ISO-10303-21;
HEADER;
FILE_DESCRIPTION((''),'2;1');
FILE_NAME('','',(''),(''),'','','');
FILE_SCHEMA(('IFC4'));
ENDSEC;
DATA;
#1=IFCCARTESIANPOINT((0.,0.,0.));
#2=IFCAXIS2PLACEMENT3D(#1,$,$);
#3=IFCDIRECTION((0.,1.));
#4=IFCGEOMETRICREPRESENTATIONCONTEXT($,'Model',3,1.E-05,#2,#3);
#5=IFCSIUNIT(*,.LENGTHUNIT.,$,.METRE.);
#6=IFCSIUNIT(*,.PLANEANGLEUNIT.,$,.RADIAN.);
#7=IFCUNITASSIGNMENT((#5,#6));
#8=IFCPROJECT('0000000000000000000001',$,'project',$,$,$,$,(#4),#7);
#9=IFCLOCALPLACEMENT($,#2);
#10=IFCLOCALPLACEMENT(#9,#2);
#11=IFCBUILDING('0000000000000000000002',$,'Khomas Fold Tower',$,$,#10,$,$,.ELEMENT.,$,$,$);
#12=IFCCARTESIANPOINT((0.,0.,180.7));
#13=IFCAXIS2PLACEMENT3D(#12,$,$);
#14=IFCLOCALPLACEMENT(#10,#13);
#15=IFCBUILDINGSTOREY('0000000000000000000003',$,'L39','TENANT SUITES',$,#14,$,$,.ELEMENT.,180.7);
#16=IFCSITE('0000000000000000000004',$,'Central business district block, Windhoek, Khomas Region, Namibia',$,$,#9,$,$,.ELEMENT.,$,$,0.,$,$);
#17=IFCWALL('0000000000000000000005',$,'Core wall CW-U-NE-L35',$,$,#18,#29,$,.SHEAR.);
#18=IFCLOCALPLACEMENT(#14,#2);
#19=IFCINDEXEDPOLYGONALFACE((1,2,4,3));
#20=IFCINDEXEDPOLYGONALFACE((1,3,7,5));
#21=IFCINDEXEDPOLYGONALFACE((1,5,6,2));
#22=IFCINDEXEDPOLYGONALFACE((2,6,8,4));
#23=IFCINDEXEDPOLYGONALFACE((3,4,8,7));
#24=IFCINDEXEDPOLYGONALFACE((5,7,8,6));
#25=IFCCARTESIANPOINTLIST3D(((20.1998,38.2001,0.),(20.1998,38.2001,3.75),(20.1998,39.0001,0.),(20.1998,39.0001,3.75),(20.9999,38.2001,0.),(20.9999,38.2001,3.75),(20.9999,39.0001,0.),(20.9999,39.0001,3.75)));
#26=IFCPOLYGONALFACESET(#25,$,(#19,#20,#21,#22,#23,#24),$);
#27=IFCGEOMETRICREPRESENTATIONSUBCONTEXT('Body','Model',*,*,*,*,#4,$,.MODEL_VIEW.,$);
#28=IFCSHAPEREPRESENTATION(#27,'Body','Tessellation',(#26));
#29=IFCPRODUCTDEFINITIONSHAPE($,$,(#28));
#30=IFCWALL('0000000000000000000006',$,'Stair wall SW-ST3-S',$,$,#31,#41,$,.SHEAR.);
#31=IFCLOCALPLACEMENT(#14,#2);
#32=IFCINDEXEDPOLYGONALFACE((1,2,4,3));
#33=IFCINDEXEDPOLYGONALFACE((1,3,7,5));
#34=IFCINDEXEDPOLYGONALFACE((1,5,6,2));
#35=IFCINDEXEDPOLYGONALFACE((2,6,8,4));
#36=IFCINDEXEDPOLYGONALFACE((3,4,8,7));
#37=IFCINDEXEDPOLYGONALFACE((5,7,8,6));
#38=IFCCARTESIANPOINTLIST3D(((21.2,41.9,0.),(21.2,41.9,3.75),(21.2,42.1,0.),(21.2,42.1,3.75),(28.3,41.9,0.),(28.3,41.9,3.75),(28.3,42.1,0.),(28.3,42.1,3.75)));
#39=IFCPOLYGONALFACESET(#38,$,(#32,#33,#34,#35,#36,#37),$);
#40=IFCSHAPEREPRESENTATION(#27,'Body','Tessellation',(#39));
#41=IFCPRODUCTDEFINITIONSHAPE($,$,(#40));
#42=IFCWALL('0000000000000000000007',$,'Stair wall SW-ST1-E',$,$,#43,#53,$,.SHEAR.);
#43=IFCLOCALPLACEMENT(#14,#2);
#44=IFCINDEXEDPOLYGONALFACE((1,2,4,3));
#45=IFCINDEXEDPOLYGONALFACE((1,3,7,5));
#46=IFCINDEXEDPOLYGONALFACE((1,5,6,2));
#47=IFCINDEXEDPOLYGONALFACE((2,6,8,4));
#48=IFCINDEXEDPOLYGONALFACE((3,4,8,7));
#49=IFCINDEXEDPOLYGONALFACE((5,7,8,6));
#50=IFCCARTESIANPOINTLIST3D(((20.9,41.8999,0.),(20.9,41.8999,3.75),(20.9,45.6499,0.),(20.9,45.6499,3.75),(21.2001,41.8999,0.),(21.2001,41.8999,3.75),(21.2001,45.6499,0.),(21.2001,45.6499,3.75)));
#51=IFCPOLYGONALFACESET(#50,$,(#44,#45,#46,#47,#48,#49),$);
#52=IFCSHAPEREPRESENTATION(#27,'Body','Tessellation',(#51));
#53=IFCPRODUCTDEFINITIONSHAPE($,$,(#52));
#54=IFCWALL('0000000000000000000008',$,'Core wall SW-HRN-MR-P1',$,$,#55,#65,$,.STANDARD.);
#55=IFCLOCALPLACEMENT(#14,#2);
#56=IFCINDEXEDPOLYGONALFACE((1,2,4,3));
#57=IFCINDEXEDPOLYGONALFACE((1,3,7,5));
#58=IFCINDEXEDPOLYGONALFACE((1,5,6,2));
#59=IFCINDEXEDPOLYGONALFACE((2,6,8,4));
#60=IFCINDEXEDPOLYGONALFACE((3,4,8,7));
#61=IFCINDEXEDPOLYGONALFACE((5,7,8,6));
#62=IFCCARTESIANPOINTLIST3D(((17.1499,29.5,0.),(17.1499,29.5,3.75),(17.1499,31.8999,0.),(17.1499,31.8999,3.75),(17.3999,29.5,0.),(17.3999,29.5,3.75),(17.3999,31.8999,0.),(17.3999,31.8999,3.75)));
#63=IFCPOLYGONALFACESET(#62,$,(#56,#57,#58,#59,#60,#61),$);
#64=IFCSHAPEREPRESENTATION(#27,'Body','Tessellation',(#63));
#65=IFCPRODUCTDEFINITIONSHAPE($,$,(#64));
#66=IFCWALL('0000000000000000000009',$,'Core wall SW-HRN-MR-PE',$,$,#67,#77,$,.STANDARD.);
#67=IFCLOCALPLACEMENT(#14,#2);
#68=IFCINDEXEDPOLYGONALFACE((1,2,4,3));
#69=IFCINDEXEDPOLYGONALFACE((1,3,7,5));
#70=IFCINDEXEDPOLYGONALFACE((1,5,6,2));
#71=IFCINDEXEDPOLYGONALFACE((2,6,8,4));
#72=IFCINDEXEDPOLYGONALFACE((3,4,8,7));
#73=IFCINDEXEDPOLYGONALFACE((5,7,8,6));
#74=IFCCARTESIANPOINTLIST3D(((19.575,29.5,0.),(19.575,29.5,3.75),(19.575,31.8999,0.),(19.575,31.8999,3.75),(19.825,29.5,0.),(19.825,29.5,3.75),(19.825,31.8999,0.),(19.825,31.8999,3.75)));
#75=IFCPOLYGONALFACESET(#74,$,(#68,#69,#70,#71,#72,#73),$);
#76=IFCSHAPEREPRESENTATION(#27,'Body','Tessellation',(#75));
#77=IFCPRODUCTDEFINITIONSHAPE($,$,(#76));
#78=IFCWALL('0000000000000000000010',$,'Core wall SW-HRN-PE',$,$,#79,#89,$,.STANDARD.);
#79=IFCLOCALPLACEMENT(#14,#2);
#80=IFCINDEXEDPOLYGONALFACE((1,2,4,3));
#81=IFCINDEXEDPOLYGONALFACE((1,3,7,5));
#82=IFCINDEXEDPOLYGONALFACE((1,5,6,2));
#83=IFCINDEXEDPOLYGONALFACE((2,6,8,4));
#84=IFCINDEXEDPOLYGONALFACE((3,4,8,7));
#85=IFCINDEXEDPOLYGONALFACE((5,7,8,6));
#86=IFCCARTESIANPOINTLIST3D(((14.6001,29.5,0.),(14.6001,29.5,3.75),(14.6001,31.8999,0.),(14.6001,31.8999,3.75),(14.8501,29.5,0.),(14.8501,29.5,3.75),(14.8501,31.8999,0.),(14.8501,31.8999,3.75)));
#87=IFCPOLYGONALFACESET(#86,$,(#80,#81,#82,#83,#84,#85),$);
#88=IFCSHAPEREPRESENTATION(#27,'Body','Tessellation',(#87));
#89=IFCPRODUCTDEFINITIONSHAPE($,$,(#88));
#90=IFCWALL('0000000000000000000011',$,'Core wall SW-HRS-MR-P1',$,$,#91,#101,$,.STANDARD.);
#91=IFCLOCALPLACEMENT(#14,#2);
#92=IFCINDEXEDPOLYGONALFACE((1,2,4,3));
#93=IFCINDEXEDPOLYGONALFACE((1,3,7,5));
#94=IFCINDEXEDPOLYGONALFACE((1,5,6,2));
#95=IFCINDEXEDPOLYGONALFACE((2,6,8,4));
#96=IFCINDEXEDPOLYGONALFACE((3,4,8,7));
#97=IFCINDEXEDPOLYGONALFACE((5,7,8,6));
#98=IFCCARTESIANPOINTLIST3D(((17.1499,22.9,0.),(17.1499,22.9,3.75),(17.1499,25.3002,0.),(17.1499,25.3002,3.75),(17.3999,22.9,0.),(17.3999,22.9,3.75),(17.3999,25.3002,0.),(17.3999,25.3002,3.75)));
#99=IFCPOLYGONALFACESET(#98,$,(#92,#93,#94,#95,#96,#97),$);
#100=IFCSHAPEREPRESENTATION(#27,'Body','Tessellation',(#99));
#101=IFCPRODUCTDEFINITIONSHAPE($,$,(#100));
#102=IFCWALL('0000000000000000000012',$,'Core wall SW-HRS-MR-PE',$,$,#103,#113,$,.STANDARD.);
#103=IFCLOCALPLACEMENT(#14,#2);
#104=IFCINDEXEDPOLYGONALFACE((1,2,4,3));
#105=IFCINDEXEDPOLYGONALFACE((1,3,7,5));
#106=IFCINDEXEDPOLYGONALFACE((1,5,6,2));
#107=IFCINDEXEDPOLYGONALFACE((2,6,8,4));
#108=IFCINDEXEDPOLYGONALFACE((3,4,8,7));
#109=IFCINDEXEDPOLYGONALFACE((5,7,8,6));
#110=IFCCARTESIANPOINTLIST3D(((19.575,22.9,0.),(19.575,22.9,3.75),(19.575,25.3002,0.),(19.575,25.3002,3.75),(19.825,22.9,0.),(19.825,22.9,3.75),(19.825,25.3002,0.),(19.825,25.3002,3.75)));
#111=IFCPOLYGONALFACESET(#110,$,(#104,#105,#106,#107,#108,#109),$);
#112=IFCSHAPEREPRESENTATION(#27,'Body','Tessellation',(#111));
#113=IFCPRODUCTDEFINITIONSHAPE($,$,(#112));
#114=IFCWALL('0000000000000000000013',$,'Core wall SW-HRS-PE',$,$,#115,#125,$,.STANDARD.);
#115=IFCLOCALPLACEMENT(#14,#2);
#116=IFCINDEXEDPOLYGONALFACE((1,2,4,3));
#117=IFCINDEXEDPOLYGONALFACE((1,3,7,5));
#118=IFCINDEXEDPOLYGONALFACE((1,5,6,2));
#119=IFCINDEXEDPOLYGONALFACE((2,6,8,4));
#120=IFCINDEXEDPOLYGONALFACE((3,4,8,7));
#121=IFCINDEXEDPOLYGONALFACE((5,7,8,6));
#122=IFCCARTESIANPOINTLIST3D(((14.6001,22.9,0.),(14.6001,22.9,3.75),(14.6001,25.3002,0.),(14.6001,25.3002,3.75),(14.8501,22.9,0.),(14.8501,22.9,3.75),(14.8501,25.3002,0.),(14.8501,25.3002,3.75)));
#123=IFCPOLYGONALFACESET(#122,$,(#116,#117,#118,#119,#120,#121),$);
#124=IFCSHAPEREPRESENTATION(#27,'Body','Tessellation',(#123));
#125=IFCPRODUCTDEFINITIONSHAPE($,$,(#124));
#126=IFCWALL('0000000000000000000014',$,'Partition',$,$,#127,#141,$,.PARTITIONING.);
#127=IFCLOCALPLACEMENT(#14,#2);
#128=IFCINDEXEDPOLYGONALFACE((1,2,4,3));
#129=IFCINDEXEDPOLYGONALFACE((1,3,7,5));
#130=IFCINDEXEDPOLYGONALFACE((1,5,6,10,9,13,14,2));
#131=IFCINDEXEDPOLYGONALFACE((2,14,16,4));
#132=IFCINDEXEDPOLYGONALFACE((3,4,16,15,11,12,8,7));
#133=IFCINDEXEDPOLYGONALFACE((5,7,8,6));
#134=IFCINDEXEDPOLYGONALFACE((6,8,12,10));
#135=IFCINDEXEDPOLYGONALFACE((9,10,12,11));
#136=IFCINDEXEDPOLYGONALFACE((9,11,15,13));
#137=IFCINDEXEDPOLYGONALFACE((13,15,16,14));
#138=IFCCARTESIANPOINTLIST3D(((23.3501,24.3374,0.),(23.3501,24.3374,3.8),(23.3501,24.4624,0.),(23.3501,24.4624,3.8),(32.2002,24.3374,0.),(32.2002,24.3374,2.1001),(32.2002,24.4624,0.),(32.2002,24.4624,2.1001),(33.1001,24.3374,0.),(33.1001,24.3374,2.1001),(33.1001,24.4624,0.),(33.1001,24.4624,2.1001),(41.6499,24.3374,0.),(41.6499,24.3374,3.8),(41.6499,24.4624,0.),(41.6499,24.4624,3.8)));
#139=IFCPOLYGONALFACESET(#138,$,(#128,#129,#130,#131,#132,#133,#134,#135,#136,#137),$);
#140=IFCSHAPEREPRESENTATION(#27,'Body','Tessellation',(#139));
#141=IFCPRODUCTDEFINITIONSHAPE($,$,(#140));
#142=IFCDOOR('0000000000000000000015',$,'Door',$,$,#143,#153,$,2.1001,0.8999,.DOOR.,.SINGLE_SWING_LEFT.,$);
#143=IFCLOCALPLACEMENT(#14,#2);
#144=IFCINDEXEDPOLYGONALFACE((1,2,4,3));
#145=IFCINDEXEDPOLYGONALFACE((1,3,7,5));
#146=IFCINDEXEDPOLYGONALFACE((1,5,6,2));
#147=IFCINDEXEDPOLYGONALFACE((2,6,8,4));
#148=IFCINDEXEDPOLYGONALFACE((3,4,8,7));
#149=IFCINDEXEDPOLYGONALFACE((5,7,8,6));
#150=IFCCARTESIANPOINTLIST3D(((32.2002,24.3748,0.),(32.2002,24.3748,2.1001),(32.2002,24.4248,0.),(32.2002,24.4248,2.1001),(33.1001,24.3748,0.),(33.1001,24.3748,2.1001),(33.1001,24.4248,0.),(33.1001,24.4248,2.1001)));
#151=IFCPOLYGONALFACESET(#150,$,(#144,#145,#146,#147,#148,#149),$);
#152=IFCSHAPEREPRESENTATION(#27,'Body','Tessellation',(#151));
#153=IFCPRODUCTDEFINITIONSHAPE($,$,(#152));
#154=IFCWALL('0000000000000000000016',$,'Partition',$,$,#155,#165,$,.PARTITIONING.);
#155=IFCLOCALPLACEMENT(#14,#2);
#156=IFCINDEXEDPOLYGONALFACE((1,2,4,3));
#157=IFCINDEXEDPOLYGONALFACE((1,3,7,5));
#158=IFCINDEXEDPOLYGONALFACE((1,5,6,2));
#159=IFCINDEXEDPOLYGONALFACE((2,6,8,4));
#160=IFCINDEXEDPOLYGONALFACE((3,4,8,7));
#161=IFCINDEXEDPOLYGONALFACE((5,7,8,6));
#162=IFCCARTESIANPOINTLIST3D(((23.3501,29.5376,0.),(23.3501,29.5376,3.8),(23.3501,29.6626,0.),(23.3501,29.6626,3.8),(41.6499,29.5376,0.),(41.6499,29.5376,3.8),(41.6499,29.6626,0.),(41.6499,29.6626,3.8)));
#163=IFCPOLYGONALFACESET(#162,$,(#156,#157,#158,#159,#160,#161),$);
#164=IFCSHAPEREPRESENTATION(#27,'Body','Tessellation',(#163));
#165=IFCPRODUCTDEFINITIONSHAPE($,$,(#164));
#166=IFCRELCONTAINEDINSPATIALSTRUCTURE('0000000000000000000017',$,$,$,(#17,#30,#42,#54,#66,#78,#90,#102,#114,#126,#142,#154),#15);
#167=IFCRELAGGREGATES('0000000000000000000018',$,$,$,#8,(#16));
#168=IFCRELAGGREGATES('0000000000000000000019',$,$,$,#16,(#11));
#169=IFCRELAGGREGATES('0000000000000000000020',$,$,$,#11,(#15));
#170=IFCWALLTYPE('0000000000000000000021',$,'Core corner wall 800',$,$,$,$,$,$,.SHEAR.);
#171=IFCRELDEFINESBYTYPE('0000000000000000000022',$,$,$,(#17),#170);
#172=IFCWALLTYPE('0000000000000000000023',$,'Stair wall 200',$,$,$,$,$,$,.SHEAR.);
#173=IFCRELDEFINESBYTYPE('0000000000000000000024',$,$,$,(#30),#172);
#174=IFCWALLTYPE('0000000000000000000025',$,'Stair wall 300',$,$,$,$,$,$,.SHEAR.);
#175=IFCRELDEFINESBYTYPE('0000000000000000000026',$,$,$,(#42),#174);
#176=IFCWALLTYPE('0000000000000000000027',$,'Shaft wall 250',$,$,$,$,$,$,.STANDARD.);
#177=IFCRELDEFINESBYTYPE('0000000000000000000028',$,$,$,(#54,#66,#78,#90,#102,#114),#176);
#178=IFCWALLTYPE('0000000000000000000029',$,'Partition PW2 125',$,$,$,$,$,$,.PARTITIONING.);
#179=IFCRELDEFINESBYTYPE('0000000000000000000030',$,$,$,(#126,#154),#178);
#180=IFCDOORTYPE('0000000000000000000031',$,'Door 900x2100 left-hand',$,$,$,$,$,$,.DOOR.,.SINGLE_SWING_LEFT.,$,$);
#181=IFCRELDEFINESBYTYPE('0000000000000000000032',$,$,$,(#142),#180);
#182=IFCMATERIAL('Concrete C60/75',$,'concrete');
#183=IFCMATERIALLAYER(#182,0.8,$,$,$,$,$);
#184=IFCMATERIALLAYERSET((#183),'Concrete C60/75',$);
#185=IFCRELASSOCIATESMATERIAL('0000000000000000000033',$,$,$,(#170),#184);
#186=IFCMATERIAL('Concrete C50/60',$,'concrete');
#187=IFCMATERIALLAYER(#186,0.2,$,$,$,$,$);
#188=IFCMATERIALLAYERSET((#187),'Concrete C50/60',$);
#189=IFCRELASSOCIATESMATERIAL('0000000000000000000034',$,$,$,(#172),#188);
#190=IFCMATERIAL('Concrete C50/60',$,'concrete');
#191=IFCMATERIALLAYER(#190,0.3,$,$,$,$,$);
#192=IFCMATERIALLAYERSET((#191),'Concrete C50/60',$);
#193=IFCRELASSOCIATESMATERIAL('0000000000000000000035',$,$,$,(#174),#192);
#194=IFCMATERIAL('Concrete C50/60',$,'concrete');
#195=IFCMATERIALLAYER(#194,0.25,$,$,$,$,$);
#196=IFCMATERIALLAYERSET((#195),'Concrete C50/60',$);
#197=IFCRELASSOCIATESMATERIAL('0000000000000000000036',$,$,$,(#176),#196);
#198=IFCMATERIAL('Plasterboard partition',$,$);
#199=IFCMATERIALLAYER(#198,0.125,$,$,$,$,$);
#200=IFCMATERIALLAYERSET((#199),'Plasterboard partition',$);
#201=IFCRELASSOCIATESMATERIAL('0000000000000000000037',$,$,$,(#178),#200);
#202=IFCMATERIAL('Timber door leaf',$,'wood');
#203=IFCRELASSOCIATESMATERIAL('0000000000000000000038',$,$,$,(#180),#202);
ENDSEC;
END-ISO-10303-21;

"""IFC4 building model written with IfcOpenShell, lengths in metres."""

from ifc_helpers import new_model, si_unit, direction, frame, frame_2d, origin, place, context, subcontext, project, spatial, rectangle, extrude, source, transform, mapped, material, layer, layer_set, type_object, element, fill, save


model = new_model("IFC4")

# Units and contexts
model_context = context("Model", 3, precision=1e-05, world=origin(), true_north=direction((0.0, 1.0)))
body_context = subcontext(model_context, "Body", "Model", "MODEL_VIEW")
ifc_project = project(units=[si_unit("LENGTHUNIT", "METRE"), si_unit("PLANEANGLEUNIT", "RADIAN")], contexts=[model_context])

# Site, building, storey
site_placement = place(None, origin())
site = spatial("IfcSite", under=ifc_project, at=site_placement, Name="Central business district block, Windhoek, Khomas Region, Namibia", CompositionType="ELEMENT", RefElevation=0.0)
building_placement = place(site_placement, origin())
building = spatial("IfcBuilding", under=site, at=building_placement, Name="Khomas Fold Tower", CompositionType="ELEMENT")
storey_placement = place(building_placement, frame((0.0, 0.0, 180.7)))
storey = spatial("IfcBuildingStorey", under=building, at=storey_placement, Name="L39", Description="TENANT SUITES", CompositionType="ELEMENT", Elevation=180.7)

# Walls
ifc_material_1 = material(Name="Concrete C60/75", Category="concrete")
ifc_layer_1 = layer(ifc_material_1, 0.8)
ifc_layer_set_1 = layer_set([ifc_layer_1], Name="Concrete C60/75")
wall_type_1 = type_object("IfcWallType", Name="Core corner wall 800", PredefinedType="SHEAR", material=ifc_layer_set_1)
shared_shape_1 = source(origin(), body_context, "Body", "SweptSolid", [
    extrude(rectangle(XDim=0.8, YDim=0.8, at=frame_2d((0.3999, 0.0))), origin(), (0.0, 0.0, 1.0), 3.75),
])
wall_1_placement = place(storey_placement, frame((20.2, 38.6001, 0.0), z_axis=(0.0, 0.0, 1.0), x_axis=(1.0, 0.0, 0.0)))
element("IfcWall", 1, at=wall_1_placement, inside=storey, type_object=wall_type_1, Name="Core wall CW-U-NE-L35", PredefinedType="SHEAR", context=body_context, shape_type="MappedRepresentation", body=[
    mapped(shared_shape_1, transform((0.0, 0.0, 0.0))),
])
ifc_material_2 = material(Name="Concrete C50/60", Category="concrete")
ifc_layer_2 = layer(ifc_material_2, 0.2)
ifc_layer_set_2 = layer_set([ifc_layer_2], Name="Concrete C50/60")
wall_type_2 = type_object("IfcWallType", Name="Stair wall 200", PredefinedType="SHEAR", material=ifc_layer_set_2)
shared_shape_2 = source(origin(), body_context, "Body", "SweptSolid", [
    extrude(rectangle(XDim=7.1001, YDim=0.2, at=frame_2d((3.55, 0.0))), origin(), (0.0, 0.0, 1.0), 3.75),
])
wall_2_placement = place(storey_placement, frame((21.2, 42.0, 0.0), z_axis=(0.0, 0.0, 1.0), x_axis=(1.0, 0.0, 0.0)))
element("IfcWall", 2, at=wall_2_placement, inside=storey, type_object=wall_type_2, Name="Stair wall SW-ST3-S", PredefinedType="SHEAR", context=body_context, shape_type="MappedRepresentation", body=[
    mapped(shared_shape_2, transform((0.0, 0.0, 0.0))),
])
ifc_material_3 = material(Name="Concrete C50/60", Category="concrete")
ifc_layer_3 = layer(ifc_material_3, 0.3)
ifc_layer_set_3 = layer_set([ifc_layer_3], Name="Concrete C50/60")
wall_type_3 = type_object("IfcWallType", Name="Stair wall 300", PredefinedType="SHEAR", material=ifc_layer_set_3)
shared_shape_3 = source(origin(), body_context, "Body", "SweptSolid", [
    extrude(rectangle(XDim=3.75, YDim=0.3, at=frame_2d((1.875, 0.0))), origin(), (0.0, 0.0, 1.0), 3.75),
])
wall_3_placement = place(storey_placement, frame((21.05, 41.8999, 0.0), z_axis=(0.0, 0.0, 1.0), x_axis=(0.0, 1.0, 0.0)))
element("IfcWall", 3, at=wall_3_placement, inside=storey, type_object=wall_type_3, Name="Stair wall SW-ST1-E", PredefinedType="SHEAR", context=body_context, shape_type="MappedRepresentation", body=[
    mapped(shared_shape_3, transform((0.0, 0.0, 0.0))),
])
ifc_material_4 = material(Name="Concrete C50/60", Category="concrete")
ifc_layer_4 = layer(ifc_material_4, 0.25)
ifc_layer_set_4 = layer_set([ifc_layer_4], Name="Concrete C50/60")
wall_type_4 = type_object("IfcWallType", Name="Shaft wall 250", PredefinedType="STANDARD", material=ifc_layer_set_4)
shared_shape_4 = source(origin(), body_context, "Body", "SweptSolid", [
    extrude(rectangle(XDim=2.3999, YDim=0.25, at=frame_2d((1.2, 0.0))), origin(), (0.0, 0.0, 1.0), 3.75),
])
for number, where, z_axis, x_axis, name in (
    (4, (17.2749, 29.5, 0.0), (0.0, 0.0, 1.0), (0.0, 1.0, 0.0), "Core wall SW-HRN-MR-P1"),
    (5, (19.7, 29.5, 0.0), (0.0, 0.0, 1.0), (0.0, 1.0, 0.0), "Core wall SW-HRN-MR-PE"),
    (6, (14.7251, 29.5, 0.0), (0.0, 0.0, 1.0), (0.0, 1.0, 0.0), "Core wall SW-HRN-PE"),
):
    element("IfcWall", number, at=place(storey_placement, frame(where, z_axis=z_axis, x_axis=x_axis)), inside=storey, type_object=wall_type_4, Name=name, PredefinedType="STANDARD", context=body_context, shape_type="MappedRepresentation", body=[
        mapped(shared_shape_4, transform((0.0, 0.0, 0.0))),
    ])
shared_shape_5 = source(origin(), body_context, "Body", "SweptSolid", [
    extrude(rectangle(XDim=2.4001, YDim=0.25, at=frame_2d((1.2002, 0.0))), origin(), (0.0, 0.0, 1.0), 3.75),
])
for number, where, z_axis, x_axis, name in (
    (7, (17.2749, 22.8999, 0.0), (0.0, 0.0, 1.0), (0.0, 1.0, 0.0), "Core wall SW-HRS-MR-P1"),
    (8, (19.7, 22.8999, 0.0), (0.0, 0.0, 1.0), (0.0, 1.0, 0.0), "Core wall SW-HRS-MR-PE"),
    (9, (14.7251, 22.8999, 0.0), (0.0, 0.0, 1.0), (0.0, 1.0, 0.0), "Core wall SW-HRS-PE"),
):
    element("IfcWall", number, at=place(storey_placement, frame(where, z_axis=z_axis, x_axis=x_axis)), inside=storey, type_object=wall_type_4, Name=name, PredefinedType="STANDARD", context=body_context, shape_type="MappedRepresentation", body=[
        mapped(shared_shape_5, transform((0.0, 0.0, 0.0))),
    ])

# Wall, opening, door
ifc_material_5 = material(Name="Plasterboard partition")
ifc_layer_5 = layer(ifc_material_5, 0.125)
ifc_layer_set_5 = layer_set([ifc_layer_5], Name="Plasterboard partition")
wall_type_5 = type_object("IfcWallType", Name="Partition PW2 125", PredefinedType="PARTITIONING", material=ifc_layer_set_5)
shared_shape_6 = source(origin(), body_context, "Body", "SweptSolid", [
    extrude(rectangle(XDim=18.2998, YDim=0.125, at=frame_2d((9.1499, 0.0))), origin(), (0.0, 0.0, 1.0), 3.8),
])
wall_4_placement = place(storey_placement, frame((23.3501, 24.3999, 0.0), z_axis=(0.0, 0.0, 1.0), x_axis=(1.0, 0.0, 0.0)))
wall_4 = element("IfcWall", 10, at=wall_4_placement, inside=storey, type_object=wall_type_5, Name="Partition", PredefinedType="PARTITIONING", context=body_context, shape_type="MappedRepresentation", body=[
    mapped(shared_shape_6, transform((0.0, 0.0, 0.0))),
])
shared_shape_7 = source(origin(), body_context, "Body", "SweptSolid", [
    extrude(rectangle(XDim=0.8999, YDim=2.1001, at=frame_2d((0.45, 1.05))), frame((0.0, 0.0725, 0.0), z_axis=(0.0, -1.0, 0.0), x_axis=(1.0, 0.0, 0.0)), (0.0, 0.0, 1.0), 0.145),
])
opening_1_placement = place(wall_4_placement, frame((8.8501, 0.0, 0.0)))
opening_1 = element("IfcOpeningElement", 11, at=opening_1_placement, cuts=wall_4, PredefinedType="OPENING", context=body_context, shape_type="MappedRepresentation", body=[
    mapped(shared_shape_7, transform((0.0, 0.0, 0.0))),
])
ifc_material_6 = material(Name="Timber door leaf", Category="wood")
door_type_1 = type_object("IfcDoorType", Name="Door 900x2100 left-hand", OperationType="SINGLE_SWING_LEFT", PredefinedType="DOOR", material=ifc_material_6)
shared_shape_8 = source(origin(), body_context, "Body", "SweptSolid", [
    extrude(rectangle(XDim=0.8999, YDim=2.1001, at=frame_2d((0.45, 1.05))), frame((0.0, 0.0249, 0.0), z_axis=(0.0, -1.0, 0.0), x_axis=(1.0, 0.0, 0.0)), (0.0, 0.0, 1.0), 0.05),
])
door_1_placement = place(opening_1_placement, origin())
door_1 = element("IfcDoor", 12, at=door_1_placement, inside=storey, type_object=door_type_1, Name="Door", OperationType="SINGLE_SWING_LEFT", OverallHeight=2.1001, OverallWidth=0.8999, PredefinedType="DOOR", context=body_context, shape_type="MappedRepresentation", body=[
    mapped(shared_shape_8, transform((0.0, 0.0, 0.0))),
])
fill(opening_1, door_1)

# Wall
wall_5_placement = place(storey_placement, frame((23.3501, 29.6001, 0.0), z_axis=(0.0, 0.0, 1.0), x_axis=(1.0, 0.0, 0.0)))
element("IfcWall", 13, at=wall_5_placement, inside=storey, type_object=wall_type_5, Name="Partition", PredefinedType="PARTITIONING", context=body_context, shape_type="MappedRepresentation", body=[
    mapped(shared_shape_6, transform((0.0, 0.0, 0.0))),
])

save(model, "model.ifc")
